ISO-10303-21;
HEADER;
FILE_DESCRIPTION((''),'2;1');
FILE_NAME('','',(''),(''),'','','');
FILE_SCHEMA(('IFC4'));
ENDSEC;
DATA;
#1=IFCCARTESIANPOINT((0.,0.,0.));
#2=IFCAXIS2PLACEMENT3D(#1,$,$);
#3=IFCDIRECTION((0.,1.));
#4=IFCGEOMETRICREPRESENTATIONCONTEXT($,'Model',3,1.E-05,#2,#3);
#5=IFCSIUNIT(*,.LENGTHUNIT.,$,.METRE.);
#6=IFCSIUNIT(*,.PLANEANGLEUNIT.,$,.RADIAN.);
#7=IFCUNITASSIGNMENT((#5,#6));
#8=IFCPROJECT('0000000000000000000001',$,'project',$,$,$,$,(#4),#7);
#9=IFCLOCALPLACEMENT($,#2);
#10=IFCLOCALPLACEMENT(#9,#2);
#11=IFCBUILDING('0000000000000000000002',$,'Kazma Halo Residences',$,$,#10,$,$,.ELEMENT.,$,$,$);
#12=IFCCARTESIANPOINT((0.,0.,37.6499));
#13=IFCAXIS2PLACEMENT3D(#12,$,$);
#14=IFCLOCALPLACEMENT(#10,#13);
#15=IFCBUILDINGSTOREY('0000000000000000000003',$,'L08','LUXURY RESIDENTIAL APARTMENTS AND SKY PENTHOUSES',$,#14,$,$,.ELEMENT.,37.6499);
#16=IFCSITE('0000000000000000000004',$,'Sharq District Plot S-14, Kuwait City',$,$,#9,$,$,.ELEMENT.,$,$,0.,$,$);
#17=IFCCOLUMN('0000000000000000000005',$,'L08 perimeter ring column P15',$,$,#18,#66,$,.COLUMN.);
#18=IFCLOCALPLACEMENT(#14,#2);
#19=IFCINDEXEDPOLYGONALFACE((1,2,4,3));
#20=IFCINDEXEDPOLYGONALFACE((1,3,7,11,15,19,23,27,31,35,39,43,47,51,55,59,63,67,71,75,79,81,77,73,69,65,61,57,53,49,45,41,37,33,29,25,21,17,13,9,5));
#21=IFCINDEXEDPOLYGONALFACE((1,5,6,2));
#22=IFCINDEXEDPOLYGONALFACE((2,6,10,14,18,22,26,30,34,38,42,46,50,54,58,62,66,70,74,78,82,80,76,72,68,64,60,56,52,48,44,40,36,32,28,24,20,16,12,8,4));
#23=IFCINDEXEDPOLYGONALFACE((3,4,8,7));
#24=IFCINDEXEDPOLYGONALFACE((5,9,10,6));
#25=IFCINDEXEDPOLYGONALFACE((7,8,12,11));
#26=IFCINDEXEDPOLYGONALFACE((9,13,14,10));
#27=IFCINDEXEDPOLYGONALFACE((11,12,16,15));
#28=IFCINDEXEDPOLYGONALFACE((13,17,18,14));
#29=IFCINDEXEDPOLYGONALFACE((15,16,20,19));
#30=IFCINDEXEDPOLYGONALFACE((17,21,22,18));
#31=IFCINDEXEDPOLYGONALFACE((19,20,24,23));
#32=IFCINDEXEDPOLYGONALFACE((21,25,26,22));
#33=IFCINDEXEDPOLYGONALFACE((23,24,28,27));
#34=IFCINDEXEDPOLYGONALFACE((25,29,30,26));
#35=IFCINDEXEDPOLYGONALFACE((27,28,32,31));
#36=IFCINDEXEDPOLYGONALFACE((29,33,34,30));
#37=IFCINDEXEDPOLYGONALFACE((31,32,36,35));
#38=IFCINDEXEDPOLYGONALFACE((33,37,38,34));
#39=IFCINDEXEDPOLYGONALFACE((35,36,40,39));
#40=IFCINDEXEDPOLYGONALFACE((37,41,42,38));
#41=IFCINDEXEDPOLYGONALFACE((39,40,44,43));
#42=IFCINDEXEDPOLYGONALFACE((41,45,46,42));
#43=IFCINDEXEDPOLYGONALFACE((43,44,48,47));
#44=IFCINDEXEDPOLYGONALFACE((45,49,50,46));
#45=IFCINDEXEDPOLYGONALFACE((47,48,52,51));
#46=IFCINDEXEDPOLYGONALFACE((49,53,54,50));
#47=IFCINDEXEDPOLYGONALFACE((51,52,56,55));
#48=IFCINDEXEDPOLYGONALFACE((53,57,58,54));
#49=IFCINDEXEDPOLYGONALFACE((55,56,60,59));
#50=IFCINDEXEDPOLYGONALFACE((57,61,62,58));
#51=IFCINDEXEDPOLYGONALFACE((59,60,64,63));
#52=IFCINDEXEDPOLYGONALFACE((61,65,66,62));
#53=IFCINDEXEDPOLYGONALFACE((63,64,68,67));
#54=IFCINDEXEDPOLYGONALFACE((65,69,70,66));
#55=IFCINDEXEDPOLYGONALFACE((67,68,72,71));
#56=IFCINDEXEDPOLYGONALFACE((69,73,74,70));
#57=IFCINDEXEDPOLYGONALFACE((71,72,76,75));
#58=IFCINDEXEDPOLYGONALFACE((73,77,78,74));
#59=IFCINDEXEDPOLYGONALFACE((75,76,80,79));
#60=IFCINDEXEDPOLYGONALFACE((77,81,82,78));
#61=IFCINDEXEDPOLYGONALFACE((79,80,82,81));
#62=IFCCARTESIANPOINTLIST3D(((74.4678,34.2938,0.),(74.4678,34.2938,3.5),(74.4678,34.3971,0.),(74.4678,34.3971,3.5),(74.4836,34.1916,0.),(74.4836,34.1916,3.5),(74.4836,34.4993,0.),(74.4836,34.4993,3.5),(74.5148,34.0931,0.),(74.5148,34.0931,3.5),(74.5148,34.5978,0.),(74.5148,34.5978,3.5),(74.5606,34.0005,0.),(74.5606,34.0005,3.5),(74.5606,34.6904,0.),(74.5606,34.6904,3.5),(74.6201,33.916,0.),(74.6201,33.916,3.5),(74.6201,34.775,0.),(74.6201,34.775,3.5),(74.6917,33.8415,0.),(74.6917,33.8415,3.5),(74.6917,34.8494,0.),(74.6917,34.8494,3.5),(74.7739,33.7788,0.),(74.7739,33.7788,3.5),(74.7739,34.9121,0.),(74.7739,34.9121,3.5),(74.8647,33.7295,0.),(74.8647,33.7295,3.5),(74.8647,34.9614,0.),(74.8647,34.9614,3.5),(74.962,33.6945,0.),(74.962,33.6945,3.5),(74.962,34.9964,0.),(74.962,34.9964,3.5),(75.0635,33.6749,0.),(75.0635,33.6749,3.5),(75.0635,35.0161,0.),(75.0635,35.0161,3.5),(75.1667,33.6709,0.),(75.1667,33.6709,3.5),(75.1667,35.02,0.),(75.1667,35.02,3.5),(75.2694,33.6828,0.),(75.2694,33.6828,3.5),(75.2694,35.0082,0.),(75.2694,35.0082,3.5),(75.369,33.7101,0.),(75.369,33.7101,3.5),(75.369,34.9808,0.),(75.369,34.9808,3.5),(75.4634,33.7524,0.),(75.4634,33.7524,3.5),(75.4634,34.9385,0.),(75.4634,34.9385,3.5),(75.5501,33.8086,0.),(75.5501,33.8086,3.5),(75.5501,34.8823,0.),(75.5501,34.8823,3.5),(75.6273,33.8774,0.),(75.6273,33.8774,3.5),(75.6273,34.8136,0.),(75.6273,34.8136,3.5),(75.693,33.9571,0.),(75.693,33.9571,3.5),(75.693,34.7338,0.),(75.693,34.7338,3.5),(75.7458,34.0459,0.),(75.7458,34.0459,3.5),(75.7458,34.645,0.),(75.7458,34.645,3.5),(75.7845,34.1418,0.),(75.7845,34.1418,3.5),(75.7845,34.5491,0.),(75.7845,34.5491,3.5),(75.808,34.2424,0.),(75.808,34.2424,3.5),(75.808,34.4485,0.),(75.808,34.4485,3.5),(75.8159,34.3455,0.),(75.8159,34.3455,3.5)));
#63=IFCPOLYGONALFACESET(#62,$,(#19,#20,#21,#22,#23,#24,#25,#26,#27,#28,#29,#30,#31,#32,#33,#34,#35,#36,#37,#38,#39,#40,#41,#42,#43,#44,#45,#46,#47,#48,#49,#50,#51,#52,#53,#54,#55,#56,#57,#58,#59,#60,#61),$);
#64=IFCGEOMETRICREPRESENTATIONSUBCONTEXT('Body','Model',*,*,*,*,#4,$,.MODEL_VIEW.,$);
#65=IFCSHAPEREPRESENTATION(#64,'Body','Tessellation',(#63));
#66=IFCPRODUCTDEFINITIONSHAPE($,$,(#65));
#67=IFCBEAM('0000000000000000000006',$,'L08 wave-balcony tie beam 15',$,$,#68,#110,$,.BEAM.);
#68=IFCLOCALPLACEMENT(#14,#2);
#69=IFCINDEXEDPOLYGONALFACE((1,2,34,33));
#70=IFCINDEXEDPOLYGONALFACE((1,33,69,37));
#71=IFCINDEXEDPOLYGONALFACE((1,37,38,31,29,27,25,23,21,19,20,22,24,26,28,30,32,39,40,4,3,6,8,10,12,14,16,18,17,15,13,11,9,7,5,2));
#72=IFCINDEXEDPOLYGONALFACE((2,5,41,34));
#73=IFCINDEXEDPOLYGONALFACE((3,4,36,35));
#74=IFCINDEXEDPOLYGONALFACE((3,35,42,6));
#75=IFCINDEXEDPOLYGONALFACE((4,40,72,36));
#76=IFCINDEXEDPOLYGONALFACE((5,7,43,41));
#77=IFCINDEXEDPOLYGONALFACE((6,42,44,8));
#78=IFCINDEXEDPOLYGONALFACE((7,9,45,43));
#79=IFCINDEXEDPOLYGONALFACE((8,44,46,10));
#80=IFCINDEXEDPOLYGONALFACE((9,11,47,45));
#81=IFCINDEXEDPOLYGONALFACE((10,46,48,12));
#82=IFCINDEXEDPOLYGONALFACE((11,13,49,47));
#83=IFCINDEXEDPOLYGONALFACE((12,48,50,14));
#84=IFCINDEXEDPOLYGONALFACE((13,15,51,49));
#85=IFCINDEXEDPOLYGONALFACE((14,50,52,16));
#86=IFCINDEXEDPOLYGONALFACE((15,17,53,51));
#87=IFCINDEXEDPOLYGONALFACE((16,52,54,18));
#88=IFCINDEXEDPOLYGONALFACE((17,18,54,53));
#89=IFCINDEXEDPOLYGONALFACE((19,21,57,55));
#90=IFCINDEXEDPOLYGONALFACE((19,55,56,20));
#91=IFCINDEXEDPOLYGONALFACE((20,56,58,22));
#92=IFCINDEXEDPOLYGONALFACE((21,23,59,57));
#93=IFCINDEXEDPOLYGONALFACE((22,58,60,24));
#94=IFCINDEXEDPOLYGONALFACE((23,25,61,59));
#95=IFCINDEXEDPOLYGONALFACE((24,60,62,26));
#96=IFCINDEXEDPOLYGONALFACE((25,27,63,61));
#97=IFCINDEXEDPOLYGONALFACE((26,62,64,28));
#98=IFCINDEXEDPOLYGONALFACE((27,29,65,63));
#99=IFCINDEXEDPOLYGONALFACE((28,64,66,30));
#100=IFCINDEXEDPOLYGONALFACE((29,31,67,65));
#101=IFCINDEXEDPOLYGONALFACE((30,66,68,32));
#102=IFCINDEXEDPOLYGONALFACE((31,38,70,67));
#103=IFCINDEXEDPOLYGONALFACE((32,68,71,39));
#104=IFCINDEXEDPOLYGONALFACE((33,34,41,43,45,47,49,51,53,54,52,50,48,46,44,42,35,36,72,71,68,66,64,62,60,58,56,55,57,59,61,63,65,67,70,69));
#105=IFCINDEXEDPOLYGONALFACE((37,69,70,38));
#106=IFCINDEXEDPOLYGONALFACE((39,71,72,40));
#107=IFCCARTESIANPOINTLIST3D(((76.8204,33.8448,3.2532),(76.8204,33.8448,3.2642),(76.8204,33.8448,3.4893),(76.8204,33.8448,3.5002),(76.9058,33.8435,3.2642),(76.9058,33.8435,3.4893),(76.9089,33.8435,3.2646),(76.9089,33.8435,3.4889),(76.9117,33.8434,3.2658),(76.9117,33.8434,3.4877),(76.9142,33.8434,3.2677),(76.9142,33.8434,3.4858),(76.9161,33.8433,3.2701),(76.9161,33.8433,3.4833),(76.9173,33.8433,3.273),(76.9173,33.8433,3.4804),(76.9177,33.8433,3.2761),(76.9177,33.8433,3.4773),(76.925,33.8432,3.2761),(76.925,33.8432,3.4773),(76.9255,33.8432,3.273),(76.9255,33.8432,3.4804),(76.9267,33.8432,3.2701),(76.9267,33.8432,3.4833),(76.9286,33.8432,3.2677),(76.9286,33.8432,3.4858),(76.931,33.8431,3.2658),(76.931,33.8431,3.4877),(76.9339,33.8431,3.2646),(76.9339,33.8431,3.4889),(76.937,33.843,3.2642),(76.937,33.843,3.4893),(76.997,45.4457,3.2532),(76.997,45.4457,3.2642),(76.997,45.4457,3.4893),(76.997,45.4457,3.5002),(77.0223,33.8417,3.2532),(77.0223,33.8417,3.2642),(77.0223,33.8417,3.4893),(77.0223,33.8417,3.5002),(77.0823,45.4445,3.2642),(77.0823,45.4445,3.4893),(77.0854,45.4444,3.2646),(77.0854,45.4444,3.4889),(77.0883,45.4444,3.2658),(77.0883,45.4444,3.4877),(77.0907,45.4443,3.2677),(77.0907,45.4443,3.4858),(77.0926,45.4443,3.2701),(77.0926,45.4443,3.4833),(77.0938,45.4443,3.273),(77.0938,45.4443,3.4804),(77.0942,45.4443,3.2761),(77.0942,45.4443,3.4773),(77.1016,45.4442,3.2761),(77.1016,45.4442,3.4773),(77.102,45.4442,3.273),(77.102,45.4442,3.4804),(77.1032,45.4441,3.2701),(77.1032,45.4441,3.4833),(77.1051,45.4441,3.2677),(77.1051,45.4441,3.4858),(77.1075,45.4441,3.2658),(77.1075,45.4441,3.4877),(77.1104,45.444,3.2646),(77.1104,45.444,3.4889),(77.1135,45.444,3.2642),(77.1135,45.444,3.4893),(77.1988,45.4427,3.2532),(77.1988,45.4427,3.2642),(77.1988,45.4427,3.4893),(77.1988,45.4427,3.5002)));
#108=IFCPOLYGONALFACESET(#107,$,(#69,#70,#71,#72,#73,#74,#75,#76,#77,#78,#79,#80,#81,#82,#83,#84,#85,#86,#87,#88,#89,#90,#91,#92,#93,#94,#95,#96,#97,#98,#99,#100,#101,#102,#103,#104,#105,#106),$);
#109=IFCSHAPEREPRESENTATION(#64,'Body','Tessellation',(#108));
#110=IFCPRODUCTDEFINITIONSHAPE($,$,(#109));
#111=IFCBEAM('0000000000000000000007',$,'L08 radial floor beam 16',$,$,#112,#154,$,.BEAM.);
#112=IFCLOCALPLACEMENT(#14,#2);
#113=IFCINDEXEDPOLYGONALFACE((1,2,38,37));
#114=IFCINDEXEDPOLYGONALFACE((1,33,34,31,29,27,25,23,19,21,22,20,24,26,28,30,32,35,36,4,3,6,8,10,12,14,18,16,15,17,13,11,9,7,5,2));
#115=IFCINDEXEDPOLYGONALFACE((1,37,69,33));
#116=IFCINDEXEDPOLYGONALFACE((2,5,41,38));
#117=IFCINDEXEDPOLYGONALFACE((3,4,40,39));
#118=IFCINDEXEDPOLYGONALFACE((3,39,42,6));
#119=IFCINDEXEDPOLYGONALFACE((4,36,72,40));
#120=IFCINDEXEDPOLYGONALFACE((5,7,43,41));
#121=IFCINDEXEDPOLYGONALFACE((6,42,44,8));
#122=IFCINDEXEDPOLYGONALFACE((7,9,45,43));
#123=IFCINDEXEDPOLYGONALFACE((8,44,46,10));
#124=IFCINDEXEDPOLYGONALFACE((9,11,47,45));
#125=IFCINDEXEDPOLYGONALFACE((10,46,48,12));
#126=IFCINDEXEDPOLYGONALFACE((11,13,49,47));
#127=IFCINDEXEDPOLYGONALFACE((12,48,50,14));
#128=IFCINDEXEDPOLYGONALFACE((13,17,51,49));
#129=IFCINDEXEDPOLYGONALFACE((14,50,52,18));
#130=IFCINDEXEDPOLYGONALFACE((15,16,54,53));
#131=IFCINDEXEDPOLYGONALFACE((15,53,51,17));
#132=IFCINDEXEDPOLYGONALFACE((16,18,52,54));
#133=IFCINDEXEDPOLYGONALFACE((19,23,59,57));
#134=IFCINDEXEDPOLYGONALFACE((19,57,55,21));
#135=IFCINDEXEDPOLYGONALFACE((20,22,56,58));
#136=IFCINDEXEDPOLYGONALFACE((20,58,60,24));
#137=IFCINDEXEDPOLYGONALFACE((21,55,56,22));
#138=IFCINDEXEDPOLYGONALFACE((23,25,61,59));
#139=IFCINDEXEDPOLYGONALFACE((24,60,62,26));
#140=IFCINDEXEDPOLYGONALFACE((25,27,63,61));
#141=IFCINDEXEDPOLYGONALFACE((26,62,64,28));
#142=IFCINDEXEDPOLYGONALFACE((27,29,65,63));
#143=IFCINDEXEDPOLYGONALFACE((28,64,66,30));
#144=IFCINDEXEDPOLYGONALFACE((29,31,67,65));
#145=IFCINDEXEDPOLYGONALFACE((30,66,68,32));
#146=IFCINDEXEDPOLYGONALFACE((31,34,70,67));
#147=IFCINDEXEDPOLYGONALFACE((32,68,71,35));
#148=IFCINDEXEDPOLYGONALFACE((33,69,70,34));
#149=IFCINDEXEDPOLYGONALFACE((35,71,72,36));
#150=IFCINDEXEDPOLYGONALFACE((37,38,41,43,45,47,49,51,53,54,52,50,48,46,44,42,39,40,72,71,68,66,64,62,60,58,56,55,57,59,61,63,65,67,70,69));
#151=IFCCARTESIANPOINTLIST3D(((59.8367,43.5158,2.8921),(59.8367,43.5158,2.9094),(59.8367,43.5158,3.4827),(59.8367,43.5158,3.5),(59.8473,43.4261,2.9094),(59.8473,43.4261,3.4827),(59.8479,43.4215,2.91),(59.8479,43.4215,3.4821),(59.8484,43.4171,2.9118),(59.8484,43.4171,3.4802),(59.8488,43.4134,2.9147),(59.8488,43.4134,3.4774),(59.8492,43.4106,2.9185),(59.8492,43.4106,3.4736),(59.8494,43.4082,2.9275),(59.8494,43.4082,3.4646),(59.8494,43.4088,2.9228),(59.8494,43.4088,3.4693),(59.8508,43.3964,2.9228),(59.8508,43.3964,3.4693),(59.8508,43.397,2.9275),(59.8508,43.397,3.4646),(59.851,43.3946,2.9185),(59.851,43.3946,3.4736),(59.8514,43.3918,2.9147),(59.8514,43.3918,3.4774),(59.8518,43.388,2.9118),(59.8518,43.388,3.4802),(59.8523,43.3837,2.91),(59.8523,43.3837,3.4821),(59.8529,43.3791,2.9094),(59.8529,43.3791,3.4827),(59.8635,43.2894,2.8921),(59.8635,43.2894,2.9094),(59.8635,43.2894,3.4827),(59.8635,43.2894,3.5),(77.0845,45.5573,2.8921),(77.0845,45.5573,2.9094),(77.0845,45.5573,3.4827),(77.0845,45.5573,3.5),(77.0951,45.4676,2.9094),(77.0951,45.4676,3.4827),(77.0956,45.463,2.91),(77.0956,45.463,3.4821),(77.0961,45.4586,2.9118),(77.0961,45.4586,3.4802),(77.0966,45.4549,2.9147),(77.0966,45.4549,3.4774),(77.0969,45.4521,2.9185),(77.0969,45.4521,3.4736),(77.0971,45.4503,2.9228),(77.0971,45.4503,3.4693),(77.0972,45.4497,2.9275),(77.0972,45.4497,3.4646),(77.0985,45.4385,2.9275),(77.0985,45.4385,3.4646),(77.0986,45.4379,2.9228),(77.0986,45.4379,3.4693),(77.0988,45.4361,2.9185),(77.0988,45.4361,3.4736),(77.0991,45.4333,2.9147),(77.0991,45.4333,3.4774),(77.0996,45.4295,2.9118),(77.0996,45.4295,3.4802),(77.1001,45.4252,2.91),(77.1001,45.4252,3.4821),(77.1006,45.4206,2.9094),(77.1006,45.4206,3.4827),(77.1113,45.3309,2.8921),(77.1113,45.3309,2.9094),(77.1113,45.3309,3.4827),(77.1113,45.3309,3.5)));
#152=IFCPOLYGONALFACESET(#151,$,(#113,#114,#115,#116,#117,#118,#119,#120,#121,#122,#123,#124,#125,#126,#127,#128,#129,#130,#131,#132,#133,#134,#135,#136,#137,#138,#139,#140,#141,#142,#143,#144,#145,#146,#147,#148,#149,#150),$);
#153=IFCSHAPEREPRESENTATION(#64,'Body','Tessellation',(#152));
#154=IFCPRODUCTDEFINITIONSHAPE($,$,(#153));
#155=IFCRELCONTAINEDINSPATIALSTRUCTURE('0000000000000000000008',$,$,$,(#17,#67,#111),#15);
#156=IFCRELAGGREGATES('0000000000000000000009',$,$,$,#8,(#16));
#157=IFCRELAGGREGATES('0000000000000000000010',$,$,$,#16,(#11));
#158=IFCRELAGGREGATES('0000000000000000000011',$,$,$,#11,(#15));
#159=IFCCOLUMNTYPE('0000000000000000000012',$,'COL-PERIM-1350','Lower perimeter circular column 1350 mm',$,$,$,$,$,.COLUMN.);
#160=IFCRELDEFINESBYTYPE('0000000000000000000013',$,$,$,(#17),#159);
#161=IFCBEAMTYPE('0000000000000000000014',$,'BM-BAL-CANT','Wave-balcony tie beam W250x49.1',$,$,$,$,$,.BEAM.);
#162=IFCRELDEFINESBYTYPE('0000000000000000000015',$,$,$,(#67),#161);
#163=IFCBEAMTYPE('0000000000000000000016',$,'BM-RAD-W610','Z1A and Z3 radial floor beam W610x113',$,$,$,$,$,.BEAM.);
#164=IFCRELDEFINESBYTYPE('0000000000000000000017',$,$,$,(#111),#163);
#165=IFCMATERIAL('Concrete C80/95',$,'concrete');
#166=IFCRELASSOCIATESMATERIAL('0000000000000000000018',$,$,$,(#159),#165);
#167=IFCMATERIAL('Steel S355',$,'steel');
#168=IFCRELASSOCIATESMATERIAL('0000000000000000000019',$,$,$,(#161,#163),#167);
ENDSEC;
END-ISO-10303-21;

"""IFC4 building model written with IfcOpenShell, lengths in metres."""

from ifc_helpers import new_model, si_unit, direction, frame, origin, origin_2d, place, context, subcontext, project, spatial, circle, i_section, extrude, material, material_profile, profile_set, type_object, element, save


model = new_model("IFC4")

# Units and contexts
model_context = context("Model", 3, precision=1e-05, world=origin(), true_north=direction((0.0, 1.0)))
body_context = subcontext(model_context, "Body", "Model", "MODEL_VIEW")
ifc_project = project(units=[si_unit("LENGTHUNIT", "METRE"), si_unit("PLANEANGLEUNIT", "RADIAN")], contexts=[model_context])

# Site, building, storey
site_placement = place(None, origin())
site = spatial("IfcSite", under=ifc_project, at=site_placement, Name="Sharq District Plot S-14, Kuwait City", CompositionType="ELEMENT", RefElevation=0.0)
building_placement = place(site_placement, origin())
building = spatial("IfcBuilding", under=site, at=building_placement, Name="Kazma Halo Residences", CompositionType="ELEMENT")
storey_placement = place(building_placement, frame((0.0, 0.0, 37.6499)))
storey = spatial("IfcBuildingStorey", under=building, at=storey_placement, Name="L08", Description="LUXURY RESIDENTIAL APARTMENTS AND SKY PENTHOUSES", CompositionType="ELEMENT", Elevation=37.6499)

# Column
ifc_material_1 = material(Name="Concrete C80/95", Category="concrete")
ifc_material_profile_1 = material_profile(ifc_material_1, circle(Radius=0.675, at=origin_2d()), Name="CIRC1350")
ifc_profile_set_1 = profile_set([ifc_material_profile_1], Name="Concrete C80/95")
column_type = type_object("IfcColumnType", Name="COL-PERIM-1350", Description="Lower perimeter circular column 1350 mm", PredefinedType="COLUMN", material=ifc_profile_set_1)
column_placement = place(storey_placement, frame((75.1409, 34.3455, 0.0), z_axis=(0.0, 0.0, 1.0), x_axis=(1.0, 0.0, 0.0)))
element("IfcColumn", 1, at=column_placement, inside=storey, type_object=column_type, Name="L08 perimeter ring column P15", PredefinedType="COLUMN", context=body_context, shape_type="SweptSolid", body=[
    extrude(circle(Radius=0.675, at=origin_2d()), origin(), (0.0, 0.0, 1.0), 3.5),
])

# Beams
ifc_material_2 = material(Name="Steel S355", Category="steel")
ifc_material_profile_2 = material_profile(ifc_material_2, i_section(OverallWidth=0.2019, OverallDepth=0.2471, WebThickness=0.0073, FlangeThickness=0.011, FilletRadius=0.012, at=origin_2d()), Name="W250x49.1")
ifc_profile_set_2 = profile_set([ifc_material_profile_2], Name="Steel S355")
beam_type_1 = type_object("IfcBeamType", Name="BM-BAL-CANT", Description="Wave-balcony tie beam W250x49.1", PredefinedType="BEAM", material=ifc_profile_set_2)
beam_1_placement = place(storey_placement, frame((76.9214, 33.8433, 3.3767), z_axis=(0.015214, 0.999884, 0.0), x_axis=(-0.999884, 0.015214, 0.0)))
element("IfcBeam", 2, at=beam_1_placement, inside=storey, type_object=beam_type_1, Name="L08 wave-balcony tie beam 15", PredefinedType="BEAM", context=body_context, shape_type="SweptSolid", body=[
    extrude(i_section(OverallWidth=0.2019, OverallDepth=0.2471, WebThickness=0.0073, FlangeThickness=0.011, FilletRadius=0.012, at=origin_2d()), origin(), (0.0, 0.0, 1.0), 11.6023),
])
ifc_material_profile_3 = material_profile(ifc_material_2, i_section(OverallWidth=0.228, OverallDepth=0.6079, WebThickness=0.0112, FlangeThickness=0.0173, FilletRadius=0.0181, at=origin_2d()), Name="W610x113")
ifc_profile_set_3 = profile_set([ifc_material_profile_3], Name="Steel S355")
beam_type_2 = type_object("IfcBeamType", Name="BM-RAD-W610", Description="Z1A and Z3 radial floor beam W610x113", PredefinedType="BEAM", material=ifc_profile_set_3)
beam_2_placement = place(storey_placement, frame((59.8501, 43.4026, 3.196), z_axis=(0.993068, 0.117543, 0.0), x_axis=(-0.117543, 0.993068, 0.0)))
element("IfcBeam", 3, at=beam_2_placement, inside=storey, type_object=beam_type_2, Name="L08 radial floor beam 16", PredefinedType="BEAM", context=body_context, shape_type="SweptSolid", body=[
    extrude(i_section(OverallWidth=0.228, OverallDepth=0.6079, WebThickness=0.0112, FlangeThickness=0.0173, FilletRadius=0.0181, at=origin_2d()), origin(), (0.0, 0.0, 1.0), 17.3682),
])

save(model, "model.ifc")
